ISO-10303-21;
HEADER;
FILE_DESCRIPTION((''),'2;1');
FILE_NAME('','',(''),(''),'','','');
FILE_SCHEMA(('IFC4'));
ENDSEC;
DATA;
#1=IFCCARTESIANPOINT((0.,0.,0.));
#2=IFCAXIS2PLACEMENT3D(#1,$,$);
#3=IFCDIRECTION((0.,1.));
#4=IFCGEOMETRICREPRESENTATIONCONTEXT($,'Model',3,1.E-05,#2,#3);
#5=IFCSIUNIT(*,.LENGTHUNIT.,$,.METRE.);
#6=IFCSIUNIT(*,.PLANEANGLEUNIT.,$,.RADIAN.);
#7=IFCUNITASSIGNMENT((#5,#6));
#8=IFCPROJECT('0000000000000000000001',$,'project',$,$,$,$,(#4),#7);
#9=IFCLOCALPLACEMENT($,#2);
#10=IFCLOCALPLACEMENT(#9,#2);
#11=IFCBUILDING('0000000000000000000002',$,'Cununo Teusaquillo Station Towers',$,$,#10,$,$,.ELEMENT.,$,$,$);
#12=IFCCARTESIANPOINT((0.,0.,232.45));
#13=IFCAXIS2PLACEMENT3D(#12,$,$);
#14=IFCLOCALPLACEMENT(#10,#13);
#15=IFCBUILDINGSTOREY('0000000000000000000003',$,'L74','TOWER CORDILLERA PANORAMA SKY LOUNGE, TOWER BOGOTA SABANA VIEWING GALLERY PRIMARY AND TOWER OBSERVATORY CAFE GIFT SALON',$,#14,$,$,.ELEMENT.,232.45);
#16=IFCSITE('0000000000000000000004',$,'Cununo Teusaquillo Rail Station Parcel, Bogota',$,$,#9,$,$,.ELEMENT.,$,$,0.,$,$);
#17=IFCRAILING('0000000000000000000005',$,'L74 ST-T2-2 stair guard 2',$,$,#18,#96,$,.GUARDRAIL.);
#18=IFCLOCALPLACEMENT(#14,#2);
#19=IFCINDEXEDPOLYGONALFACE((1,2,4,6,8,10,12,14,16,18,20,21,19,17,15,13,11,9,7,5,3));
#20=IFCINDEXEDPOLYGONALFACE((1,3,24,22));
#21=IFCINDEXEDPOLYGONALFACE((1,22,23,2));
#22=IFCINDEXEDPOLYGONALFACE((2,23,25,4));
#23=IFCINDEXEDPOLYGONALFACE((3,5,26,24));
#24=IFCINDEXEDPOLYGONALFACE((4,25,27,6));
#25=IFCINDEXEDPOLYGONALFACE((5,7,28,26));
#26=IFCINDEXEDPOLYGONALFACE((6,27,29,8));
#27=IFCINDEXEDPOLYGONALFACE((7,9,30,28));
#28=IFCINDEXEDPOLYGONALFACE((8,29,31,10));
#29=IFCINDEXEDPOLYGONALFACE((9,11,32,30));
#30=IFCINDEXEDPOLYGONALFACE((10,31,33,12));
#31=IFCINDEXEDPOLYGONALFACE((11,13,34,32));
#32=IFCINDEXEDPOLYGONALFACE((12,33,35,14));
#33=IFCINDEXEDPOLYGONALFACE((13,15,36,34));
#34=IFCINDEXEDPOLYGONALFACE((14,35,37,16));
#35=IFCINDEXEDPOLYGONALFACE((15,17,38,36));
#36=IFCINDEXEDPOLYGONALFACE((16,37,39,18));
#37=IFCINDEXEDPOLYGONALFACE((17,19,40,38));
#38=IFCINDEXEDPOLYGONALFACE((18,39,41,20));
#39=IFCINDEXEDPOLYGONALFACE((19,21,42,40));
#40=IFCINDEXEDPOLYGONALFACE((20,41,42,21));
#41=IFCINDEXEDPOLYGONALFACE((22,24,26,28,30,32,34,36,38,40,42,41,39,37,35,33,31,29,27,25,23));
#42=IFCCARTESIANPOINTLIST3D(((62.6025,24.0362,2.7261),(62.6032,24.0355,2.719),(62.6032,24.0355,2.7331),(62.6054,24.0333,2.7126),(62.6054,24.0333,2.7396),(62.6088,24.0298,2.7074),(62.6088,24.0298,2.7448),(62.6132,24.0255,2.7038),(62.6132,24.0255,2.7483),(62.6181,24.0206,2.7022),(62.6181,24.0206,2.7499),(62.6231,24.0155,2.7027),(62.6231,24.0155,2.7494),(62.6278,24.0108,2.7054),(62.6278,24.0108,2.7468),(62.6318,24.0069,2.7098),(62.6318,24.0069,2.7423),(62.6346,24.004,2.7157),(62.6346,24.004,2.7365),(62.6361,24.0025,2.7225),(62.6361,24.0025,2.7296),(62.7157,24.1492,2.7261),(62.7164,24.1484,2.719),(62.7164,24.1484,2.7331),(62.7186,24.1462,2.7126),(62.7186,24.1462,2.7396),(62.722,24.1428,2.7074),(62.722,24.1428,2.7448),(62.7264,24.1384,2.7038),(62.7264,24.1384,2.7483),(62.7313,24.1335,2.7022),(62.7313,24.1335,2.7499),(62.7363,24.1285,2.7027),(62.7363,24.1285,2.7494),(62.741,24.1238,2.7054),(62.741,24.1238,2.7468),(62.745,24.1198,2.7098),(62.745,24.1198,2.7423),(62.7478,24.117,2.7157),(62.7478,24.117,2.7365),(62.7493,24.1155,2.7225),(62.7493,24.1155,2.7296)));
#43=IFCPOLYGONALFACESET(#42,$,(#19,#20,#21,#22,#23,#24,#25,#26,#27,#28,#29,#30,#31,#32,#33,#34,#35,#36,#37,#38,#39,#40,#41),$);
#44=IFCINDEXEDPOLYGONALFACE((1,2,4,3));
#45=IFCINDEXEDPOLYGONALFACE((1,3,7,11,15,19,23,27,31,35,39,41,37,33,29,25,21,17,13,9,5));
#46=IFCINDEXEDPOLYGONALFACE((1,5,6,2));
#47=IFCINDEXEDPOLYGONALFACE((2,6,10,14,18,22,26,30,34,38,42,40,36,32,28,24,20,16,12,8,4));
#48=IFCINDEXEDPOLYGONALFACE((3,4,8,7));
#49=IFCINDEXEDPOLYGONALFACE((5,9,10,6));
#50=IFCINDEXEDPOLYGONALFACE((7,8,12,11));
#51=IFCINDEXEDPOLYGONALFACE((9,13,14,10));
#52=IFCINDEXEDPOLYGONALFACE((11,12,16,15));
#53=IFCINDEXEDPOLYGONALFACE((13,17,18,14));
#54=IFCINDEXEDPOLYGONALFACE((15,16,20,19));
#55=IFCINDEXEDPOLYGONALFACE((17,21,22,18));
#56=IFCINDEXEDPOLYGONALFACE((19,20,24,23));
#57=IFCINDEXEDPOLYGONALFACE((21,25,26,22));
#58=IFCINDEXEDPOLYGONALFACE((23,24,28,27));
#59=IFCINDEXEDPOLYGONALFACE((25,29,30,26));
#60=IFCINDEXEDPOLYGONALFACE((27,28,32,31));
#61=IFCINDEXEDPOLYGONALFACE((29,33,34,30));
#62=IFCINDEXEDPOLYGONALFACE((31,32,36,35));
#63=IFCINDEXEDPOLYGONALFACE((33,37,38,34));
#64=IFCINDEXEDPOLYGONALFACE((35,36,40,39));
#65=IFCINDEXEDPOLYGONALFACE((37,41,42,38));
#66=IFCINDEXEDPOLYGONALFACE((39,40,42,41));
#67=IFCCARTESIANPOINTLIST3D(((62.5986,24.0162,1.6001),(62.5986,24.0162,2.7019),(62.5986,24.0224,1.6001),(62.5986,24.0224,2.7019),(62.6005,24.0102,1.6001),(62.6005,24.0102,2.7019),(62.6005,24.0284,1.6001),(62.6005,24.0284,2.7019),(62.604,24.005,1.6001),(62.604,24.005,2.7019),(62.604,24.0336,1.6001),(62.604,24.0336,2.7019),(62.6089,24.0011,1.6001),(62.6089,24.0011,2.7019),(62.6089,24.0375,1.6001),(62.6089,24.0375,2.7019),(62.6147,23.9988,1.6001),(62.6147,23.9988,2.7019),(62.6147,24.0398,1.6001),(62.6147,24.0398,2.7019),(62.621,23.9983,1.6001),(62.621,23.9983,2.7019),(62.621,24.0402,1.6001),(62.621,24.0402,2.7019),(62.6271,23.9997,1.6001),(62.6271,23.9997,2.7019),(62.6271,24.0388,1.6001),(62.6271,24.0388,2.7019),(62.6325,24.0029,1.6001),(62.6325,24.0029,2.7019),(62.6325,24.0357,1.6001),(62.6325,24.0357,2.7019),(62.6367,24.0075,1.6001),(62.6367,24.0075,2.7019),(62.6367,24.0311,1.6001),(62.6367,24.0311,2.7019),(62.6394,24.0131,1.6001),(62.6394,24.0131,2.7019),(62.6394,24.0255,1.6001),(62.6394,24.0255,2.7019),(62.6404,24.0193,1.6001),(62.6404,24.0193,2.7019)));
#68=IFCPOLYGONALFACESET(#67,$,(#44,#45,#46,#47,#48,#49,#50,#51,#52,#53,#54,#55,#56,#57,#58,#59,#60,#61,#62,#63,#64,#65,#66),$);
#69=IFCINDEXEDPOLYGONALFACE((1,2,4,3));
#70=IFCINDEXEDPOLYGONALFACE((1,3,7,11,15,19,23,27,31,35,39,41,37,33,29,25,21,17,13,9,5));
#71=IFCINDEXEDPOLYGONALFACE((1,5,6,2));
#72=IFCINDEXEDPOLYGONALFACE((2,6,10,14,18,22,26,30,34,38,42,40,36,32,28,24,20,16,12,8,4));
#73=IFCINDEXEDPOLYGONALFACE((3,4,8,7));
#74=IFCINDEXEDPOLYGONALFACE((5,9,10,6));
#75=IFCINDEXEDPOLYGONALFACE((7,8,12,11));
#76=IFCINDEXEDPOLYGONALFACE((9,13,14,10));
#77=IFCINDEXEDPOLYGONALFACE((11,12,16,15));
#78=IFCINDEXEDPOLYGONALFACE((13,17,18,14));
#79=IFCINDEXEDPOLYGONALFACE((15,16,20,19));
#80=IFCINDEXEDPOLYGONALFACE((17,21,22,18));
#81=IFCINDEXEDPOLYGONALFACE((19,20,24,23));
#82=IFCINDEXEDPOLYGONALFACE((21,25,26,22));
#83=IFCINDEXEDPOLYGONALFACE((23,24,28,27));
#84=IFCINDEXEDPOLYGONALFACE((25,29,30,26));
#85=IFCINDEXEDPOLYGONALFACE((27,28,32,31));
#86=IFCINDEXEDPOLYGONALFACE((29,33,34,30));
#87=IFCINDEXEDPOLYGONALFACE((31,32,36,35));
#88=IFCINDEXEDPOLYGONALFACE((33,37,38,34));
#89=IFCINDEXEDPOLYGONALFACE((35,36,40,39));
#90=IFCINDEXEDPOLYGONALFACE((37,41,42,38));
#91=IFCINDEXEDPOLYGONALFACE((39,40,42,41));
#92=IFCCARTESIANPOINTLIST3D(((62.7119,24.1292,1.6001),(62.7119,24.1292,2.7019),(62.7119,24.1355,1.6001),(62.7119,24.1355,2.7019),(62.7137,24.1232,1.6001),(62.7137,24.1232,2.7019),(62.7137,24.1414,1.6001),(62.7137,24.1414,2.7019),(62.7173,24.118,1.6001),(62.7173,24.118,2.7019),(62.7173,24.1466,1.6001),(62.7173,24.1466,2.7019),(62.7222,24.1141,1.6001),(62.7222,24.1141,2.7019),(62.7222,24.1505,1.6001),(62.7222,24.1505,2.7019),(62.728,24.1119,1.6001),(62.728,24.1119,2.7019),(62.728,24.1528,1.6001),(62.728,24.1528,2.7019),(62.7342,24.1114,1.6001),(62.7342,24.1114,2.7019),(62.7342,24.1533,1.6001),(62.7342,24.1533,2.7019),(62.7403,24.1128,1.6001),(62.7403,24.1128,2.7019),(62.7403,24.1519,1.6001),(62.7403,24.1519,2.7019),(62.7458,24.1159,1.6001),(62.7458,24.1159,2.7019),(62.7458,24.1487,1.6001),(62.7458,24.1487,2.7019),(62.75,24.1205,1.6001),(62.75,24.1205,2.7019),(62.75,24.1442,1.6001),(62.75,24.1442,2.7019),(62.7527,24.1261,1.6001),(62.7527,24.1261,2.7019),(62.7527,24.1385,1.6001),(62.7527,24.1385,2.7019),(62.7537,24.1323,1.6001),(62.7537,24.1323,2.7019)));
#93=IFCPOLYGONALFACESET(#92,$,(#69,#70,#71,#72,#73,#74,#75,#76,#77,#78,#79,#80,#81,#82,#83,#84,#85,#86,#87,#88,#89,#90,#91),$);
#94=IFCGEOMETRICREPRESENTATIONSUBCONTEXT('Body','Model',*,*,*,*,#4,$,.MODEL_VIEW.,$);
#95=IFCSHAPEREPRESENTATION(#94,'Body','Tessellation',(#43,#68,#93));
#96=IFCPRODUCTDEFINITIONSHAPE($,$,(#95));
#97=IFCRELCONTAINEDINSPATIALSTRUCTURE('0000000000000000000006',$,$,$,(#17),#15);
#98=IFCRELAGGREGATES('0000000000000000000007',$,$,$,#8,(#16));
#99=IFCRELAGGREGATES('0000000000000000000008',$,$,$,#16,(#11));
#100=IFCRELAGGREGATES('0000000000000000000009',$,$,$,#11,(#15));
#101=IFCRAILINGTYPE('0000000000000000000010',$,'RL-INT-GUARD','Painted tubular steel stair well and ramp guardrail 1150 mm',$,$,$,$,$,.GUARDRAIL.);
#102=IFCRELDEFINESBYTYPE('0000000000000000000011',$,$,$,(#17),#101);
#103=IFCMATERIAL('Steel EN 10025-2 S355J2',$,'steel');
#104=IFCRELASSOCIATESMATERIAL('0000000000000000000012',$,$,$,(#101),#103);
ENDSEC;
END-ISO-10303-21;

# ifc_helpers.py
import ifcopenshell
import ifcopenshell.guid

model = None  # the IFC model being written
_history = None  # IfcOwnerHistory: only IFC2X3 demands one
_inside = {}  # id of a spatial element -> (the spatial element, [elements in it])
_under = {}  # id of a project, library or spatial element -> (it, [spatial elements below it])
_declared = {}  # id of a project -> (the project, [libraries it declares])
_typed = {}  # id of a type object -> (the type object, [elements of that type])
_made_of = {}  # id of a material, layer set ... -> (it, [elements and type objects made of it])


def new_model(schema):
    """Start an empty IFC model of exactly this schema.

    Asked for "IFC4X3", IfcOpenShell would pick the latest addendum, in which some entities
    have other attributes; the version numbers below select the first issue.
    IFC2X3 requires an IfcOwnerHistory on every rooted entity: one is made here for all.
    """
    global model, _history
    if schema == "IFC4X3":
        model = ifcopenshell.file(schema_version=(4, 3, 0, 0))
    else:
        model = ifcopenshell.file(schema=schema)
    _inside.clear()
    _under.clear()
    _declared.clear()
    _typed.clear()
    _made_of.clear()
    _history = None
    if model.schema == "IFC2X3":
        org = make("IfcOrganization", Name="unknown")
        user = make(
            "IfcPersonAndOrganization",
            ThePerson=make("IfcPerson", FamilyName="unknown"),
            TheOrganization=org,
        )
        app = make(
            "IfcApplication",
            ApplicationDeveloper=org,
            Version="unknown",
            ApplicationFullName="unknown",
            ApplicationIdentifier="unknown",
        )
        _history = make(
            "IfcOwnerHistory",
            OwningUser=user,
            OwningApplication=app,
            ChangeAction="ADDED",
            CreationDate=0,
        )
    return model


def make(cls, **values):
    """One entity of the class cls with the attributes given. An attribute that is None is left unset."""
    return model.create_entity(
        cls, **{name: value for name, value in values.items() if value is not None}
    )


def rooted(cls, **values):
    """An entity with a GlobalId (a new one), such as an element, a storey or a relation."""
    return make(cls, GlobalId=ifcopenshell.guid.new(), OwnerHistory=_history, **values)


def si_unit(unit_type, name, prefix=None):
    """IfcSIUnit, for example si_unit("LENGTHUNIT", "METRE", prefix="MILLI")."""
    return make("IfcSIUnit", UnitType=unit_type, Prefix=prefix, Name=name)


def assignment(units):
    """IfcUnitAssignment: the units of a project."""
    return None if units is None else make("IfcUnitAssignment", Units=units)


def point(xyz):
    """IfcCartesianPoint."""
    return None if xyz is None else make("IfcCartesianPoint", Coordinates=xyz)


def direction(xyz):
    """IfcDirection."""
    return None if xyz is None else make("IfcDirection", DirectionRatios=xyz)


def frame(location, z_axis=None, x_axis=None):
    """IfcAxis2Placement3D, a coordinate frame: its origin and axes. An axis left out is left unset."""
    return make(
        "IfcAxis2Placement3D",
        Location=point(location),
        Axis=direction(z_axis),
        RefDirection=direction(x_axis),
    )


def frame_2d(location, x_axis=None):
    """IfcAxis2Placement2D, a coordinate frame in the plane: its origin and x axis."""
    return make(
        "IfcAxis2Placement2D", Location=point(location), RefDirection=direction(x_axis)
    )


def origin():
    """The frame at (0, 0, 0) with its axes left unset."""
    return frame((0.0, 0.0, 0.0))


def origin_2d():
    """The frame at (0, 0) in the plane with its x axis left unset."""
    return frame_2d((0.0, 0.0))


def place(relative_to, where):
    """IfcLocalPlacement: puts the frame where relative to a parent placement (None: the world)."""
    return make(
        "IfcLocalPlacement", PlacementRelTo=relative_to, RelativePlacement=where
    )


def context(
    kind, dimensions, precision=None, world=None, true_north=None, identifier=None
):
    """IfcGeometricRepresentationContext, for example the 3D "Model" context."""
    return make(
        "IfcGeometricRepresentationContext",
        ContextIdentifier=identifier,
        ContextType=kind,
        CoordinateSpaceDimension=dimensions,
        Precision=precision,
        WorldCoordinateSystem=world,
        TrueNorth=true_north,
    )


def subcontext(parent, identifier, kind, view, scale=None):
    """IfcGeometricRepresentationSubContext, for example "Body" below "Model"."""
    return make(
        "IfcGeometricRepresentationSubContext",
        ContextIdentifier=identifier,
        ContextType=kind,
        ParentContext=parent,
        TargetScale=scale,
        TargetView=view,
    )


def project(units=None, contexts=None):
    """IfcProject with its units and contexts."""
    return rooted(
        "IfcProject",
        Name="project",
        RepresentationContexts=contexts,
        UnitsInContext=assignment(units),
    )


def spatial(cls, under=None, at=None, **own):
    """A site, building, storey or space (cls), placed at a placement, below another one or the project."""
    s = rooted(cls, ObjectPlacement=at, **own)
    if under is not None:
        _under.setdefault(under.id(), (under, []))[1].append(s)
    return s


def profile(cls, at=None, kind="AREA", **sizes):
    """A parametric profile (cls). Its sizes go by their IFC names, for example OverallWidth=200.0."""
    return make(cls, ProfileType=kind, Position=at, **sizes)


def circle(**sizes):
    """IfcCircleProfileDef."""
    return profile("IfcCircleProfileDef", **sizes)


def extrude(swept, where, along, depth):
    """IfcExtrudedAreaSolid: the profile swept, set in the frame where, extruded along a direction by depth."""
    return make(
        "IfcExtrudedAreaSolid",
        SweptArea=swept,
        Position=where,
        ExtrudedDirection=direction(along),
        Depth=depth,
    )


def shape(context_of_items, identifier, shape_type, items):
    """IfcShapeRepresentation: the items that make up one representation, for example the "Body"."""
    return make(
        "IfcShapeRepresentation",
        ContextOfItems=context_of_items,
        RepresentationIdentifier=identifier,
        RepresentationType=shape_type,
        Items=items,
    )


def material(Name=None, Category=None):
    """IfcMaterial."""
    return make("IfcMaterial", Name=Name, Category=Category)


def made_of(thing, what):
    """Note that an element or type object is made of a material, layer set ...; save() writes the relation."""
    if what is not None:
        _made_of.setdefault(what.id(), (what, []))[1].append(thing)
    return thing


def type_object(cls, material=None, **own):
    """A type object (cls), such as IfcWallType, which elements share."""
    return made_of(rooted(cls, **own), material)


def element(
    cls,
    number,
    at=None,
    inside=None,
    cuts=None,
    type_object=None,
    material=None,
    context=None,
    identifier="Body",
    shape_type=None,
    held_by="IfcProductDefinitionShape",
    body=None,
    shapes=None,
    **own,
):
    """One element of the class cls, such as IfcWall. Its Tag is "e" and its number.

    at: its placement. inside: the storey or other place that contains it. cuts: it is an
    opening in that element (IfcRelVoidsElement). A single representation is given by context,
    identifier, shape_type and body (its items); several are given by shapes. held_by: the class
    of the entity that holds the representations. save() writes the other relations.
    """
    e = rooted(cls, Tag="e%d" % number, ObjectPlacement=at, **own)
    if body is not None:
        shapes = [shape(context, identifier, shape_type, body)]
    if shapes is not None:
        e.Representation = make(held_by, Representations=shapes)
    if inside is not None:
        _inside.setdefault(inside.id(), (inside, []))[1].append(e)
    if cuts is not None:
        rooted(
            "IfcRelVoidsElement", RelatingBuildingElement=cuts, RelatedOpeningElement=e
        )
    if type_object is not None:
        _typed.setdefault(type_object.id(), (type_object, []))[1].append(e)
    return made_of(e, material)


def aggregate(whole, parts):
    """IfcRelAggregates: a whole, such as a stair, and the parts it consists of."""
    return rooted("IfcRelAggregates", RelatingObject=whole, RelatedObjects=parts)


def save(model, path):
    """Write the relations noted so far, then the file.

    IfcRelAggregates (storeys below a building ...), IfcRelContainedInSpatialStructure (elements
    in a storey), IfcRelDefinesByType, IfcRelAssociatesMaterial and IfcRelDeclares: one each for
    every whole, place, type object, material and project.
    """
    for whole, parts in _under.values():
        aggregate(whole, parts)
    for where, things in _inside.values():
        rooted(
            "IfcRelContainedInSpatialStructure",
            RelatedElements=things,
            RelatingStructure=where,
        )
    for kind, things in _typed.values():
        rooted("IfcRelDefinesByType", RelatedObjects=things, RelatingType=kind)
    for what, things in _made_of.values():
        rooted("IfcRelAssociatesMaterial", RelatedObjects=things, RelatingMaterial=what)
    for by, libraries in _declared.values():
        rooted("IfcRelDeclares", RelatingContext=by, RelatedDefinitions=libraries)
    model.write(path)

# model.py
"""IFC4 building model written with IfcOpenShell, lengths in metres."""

from ifc_helpers import new_model, si_unit, direction, frame, origin, origin_2d, place, context, subcontext, project, spatial, circle, extrude, material, type_object, element, save


model = new_model("IFC4")

# Units and contexts
model_context = context("Model", 3, precision=1e-05, world=origin(), true_north=direction((0.0, 1.0)))
body_context = subcontext(model_context, "Body", "Model", "MODEL_VIEW")
ifc_project = project(units=[si_unit("LENGTHUNIT", "METRE"), si_unit("PLANEANGLEUNIT", "RADIAN")], contexts=[model_context])

# Site, building, storey
site_placement = place(None, origin())
site = spatial("IfcSite", under=ifc_project, at=site_placement, Name="Cununo Teusaquillo Rail Station Parcel, Bogota", CompositionType="ELEMENT", RefElevation=0.0)
building_placement = place(site_placement, origin())
building = spatial("IfcBuilding", under=site, at=building_placement, Name="Cununo Teusaquillo Station Towers", CompositionType="ELEMENT")
storey_placement = place(building_placement, frame((0.0, 0.0, 232.45)))
storey = spatial("IfcBuildingStorey", under=building, at=storey_placement, Name="L74", Description="TOWER CORDILLERA PANORAMA SKY LOUNGE, TOWER BOGOTA SABANA VIEWING GALLERY PRIMARY AND TOWER OBSERVATORY CAFE GIFT SALON", CompositionType="ELEMENT", Elevation=232.45)

# Railing
ifc_material_1 = material(Name="Steel EN 10025-2 S355J2", Category="steel")
railing_type_1 = type_object("IfcRailingType", Name="RL-INT-GUARD", Description="Painted tubular steel stair well and ramp guardrail 1150 mm", PredefinedType="GUARDRAIL", material=ifc_material_1)
railing_1_placement = place(storey_placement, frame((62.6194, 24.0193, 1.6001)))
element("IfcRailing", 1, at=railing_1_placement, inside=storey, type_object=railing_type_1, Name="L74 ST-T2-2 stair guard 2", PredefinedType="GUARDRAIL", context=body_context, shape_type="SweptSolid", body=[
    extrude(circle(Radius=0.0239, at=origin_2d()), frame((0.0, 0.0, 1.126), z_axis=(0.707869, 0.706344, 0.0), x_axis=(-0.706344, 0.707869, 0.0)), (0.0, 0.0, 1.0), 0.1599),
    extrude(circle(Radius=0.021, at=origin_2d()), origin(), (0.0, 0.0, 1.0), 1.1018),
    extrude(circle(Radius=0.021, at=origin_2d()), frame((0.1133, 0.113, 0.0)), (0.0, 0.0, 1.0), 1.1018),
])

save(model, "model.ifc")
